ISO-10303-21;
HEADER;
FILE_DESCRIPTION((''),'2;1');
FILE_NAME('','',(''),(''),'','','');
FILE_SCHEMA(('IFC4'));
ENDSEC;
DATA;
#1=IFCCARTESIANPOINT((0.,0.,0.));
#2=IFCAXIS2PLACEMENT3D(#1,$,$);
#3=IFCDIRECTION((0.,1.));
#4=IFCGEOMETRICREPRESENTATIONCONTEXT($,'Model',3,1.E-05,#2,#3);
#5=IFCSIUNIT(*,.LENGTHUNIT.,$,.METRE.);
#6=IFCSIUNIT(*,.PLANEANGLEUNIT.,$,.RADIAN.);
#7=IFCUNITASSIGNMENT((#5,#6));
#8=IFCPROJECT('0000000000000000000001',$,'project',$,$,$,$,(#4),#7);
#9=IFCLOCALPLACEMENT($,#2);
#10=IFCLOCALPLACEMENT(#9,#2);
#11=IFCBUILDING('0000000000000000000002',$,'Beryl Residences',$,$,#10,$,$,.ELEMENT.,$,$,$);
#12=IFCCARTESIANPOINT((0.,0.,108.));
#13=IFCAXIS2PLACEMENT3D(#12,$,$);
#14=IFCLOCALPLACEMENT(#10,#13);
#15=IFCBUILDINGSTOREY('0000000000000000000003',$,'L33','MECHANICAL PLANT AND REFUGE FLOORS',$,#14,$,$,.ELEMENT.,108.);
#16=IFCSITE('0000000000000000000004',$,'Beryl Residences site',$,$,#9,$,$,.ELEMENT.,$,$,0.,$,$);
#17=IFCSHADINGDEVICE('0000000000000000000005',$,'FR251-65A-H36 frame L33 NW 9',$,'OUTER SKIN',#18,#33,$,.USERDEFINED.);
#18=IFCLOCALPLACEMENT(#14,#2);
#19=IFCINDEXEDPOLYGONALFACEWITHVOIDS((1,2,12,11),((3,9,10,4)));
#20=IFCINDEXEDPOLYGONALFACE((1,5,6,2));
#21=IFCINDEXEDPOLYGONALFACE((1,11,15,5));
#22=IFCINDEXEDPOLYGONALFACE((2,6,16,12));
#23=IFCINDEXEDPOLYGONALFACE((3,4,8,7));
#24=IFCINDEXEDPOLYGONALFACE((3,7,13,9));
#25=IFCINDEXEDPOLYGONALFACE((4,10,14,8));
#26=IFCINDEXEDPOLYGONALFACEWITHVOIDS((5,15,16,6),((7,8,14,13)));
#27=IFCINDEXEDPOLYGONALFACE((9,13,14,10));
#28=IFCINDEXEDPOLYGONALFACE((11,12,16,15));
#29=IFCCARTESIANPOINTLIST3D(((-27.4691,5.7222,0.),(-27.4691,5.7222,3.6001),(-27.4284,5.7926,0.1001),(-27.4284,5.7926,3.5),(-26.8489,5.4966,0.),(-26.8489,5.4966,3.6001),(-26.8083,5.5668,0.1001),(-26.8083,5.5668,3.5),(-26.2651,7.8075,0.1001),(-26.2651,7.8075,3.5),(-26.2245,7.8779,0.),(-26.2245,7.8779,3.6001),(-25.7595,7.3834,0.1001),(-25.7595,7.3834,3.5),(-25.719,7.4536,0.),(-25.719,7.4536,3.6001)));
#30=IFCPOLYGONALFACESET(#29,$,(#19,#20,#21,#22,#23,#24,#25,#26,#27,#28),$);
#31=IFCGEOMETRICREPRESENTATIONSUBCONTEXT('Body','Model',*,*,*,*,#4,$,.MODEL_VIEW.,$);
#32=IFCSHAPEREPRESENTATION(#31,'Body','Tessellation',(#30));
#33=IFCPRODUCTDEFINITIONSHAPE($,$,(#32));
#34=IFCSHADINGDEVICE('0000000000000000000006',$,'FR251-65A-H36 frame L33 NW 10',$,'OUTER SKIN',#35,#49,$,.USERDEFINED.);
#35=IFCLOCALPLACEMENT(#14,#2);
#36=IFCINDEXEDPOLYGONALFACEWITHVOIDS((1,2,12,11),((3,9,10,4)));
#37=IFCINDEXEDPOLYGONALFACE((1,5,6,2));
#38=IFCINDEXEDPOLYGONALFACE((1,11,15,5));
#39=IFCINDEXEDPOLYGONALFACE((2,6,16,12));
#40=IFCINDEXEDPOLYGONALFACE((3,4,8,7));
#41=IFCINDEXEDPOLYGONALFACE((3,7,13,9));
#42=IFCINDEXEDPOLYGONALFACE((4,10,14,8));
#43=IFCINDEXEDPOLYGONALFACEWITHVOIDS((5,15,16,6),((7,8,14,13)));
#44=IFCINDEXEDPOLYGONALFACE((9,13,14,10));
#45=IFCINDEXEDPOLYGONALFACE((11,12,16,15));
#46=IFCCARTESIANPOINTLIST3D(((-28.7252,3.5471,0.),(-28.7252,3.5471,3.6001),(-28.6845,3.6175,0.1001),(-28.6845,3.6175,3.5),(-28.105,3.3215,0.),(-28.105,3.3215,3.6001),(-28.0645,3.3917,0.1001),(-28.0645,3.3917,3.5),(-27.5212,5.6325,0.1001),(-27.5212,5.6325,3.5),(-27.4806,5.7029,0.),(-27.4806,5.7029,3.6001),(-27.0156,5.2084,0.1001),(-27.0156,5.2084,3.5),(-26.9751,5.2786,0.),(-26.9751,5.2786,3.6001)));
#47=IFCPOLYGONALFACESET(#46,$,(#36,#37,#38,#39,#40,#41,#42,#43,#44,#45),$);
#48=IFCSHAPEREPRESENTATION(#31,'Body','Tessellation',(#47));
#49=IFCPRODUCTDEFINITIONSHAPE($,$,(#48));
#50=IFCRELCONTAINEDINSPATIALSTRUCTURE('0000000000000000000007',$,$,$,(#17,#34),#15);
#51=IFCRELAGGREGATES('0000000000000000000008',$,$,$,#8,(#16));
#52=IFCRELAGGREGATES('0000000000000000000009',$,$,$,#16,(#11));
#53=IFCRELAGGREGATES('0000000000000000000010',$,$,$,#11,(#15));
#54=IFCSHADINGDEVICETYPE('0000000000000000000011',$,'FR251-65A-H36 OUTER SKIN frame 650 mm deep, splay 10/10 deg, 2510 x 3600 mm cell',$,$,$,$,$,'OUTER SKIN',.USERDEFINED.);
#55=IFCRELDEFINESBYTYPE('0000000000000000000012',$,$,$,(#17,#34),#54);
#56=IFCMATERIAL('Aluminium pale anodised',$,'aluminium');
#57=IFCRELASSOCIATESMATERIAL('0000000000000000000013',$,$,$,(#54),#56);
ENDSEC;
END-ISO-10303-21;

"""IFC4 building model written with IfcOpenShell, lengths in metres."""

from ifc_helpers import new_model, entity, si_unit, direction, frame, origin, place, context, subcontext, project, spatial, source, transform, mapped, material, type_object, type_shapes, element, save


model = new_model("IFC4")

# Units and contexts
model_context = context("Model", 3, precision=1e-05, world=origin(), true_north=direction((0.0, 1.0)))
body_context = subcontext(model_context, "Body", "Model", "MODEL_VIEW")
ifc_project = project(units=[si_unit("LENGTHUNIT", "METRE"), si_unit("PLANEANGLEUNIT", "RADIAN")], contexts=[model_context])

# Site, building, storey
site_placement = place(None, origin())
site = spatial("IfcSite", under=ifc_project, at=site_placement, Name="Beryl Residences site", CompositionType="ELEMENT", RefElevation=0.0)
building_placement = place(site_placement, origin())
building = spatial("IfcBuilding", under=site, at=building_placement, Name="Beryl Residences", CompositionType="ELEMENT")
storey_placement = place(building_placement, frame((0.0, 0.0, 108.0)))
storey = spatial("IfcBuildingStorey", under=building, at=storey_placement, Name="L33", Description="MECHANICAL PLANT AND REFUGE FLOORS", CompositionType="ELEMENT", Elevation=108.0)

# Shading devices
ifc_material_1 = material(Name="Aluminium pale anodised", Category="aluminium")
shading_device_type_1 = type_object("IfcShadingDeviceType", Name="FR251-65A-H36 OUTER SKIN frame 650 mm deep, splay 10/10 deg, 2510 x 3600 mm cell", ElementType="OUTER SKIN", PredefinedType="USERDEFINED", material=ifc_material_1)
cartesian_point_1 = entity("IfcCartesianPoint", [-1.1299, 0.0])
cartesian_point_2 = entity("IfcCartesianPoint", [-1.0488, 0.1001])
cartesian_point_3 = entity("IfcCartesianPoint", [-1.2446, 0.0])
cartesian_point_4 = entity("IfcCartesianPoint", [-1.1633, 0.1001])
shared_shape_1 = source(origin(), body_context, "Body", "SweptSolid", [
    entity("IfcExtrudedAreaSolidTapered", entity("IfcArbitraryProfileDefWithVoids", "AREA", None, entity("IfcPolyline", [cartesian_point_1, entity("IfcCartesianPoint", [1.1299, 0.0]), entity("IfcCartesianPoint", [1.1299, 3.6001]), entity("IfcCartesianPoint", [-1.1299, 3.6001]), cartesian_point_1]), [entity("IfcPolyline", [cartesian_point_2, entity("IfcCartesianPoint", [1.0488, 0.1001]), entity("IfcCartesianPoint", [1.0488, 3.5]), entity("IfcCartesianPoint", [-1.0488, 3.5]), cartesian_point_2])]), entity("IfcAxis2Placement3D", entity("IfcCartesianPoint", [0.0, 0.0, 0.0]), entity("IfcDirection", [0.0, 1.0, 0.0]), entity("IfcDirection", [-1.0, 0.0, 0.0])), entity("IfcDirection", [0.0, 0.0, 1.0]), 0.6499, entity("IfcArbitraryProfileDefWithVoids", "AREA", None, entity("IfcPolyline", [cartesian_point_3, entity("IfcCartesianPoint", [1.2446, 0.0]), entity("IfcCartesianPoint", [1.2446, 3.6001]), entity("IfcCartesianPoint", [-1.2446, 3.6001]), cartesian_point_3]), [entity("IfcPolyline", [cartesian_point_4, entity("IfcCartesianPoint", [1.1633, 0.1001]), entity("IfcCartesianPoint", [1.1633, 3.5]), entity("IfcCartesianPoint", [-1.1633, 3.5]), cartesian_point_4])])),
])
type_shapes(shading_device_type_1, [shared_shape_1])
for number, where, z_axis, x_axis, name in (
    (1, (-26.2839, 6.4751, 0.0), (0.0, 0.0, 1.0), (0.5, 0.866025, 0.0), "FR251-65A-H36 frame L33 NW 9"),
    (2, (-27.54, 4.3, 0.0), (0.0, 0.0, 1.0), (0.5, 0.866025, 0.0), "FR251-65A-H36 frame L33 NW 10"),
):
    element("IfcShadingDevice", number, at=place(storey_placement, frame(where, z_axis=z_axis, x_axis=x_axis)), inside=storey, type_object=shading_device_type_1, Name=name, ObjectType="OUTER SKIN", PredefinedType="USERDEFINED", context=body_context, shape_type="MappedRepresentation", body=[
        mapped(shared_shape_1, transform((0.0, 0.0, 0.0))),
    ])

save(model, "model.ifc")
